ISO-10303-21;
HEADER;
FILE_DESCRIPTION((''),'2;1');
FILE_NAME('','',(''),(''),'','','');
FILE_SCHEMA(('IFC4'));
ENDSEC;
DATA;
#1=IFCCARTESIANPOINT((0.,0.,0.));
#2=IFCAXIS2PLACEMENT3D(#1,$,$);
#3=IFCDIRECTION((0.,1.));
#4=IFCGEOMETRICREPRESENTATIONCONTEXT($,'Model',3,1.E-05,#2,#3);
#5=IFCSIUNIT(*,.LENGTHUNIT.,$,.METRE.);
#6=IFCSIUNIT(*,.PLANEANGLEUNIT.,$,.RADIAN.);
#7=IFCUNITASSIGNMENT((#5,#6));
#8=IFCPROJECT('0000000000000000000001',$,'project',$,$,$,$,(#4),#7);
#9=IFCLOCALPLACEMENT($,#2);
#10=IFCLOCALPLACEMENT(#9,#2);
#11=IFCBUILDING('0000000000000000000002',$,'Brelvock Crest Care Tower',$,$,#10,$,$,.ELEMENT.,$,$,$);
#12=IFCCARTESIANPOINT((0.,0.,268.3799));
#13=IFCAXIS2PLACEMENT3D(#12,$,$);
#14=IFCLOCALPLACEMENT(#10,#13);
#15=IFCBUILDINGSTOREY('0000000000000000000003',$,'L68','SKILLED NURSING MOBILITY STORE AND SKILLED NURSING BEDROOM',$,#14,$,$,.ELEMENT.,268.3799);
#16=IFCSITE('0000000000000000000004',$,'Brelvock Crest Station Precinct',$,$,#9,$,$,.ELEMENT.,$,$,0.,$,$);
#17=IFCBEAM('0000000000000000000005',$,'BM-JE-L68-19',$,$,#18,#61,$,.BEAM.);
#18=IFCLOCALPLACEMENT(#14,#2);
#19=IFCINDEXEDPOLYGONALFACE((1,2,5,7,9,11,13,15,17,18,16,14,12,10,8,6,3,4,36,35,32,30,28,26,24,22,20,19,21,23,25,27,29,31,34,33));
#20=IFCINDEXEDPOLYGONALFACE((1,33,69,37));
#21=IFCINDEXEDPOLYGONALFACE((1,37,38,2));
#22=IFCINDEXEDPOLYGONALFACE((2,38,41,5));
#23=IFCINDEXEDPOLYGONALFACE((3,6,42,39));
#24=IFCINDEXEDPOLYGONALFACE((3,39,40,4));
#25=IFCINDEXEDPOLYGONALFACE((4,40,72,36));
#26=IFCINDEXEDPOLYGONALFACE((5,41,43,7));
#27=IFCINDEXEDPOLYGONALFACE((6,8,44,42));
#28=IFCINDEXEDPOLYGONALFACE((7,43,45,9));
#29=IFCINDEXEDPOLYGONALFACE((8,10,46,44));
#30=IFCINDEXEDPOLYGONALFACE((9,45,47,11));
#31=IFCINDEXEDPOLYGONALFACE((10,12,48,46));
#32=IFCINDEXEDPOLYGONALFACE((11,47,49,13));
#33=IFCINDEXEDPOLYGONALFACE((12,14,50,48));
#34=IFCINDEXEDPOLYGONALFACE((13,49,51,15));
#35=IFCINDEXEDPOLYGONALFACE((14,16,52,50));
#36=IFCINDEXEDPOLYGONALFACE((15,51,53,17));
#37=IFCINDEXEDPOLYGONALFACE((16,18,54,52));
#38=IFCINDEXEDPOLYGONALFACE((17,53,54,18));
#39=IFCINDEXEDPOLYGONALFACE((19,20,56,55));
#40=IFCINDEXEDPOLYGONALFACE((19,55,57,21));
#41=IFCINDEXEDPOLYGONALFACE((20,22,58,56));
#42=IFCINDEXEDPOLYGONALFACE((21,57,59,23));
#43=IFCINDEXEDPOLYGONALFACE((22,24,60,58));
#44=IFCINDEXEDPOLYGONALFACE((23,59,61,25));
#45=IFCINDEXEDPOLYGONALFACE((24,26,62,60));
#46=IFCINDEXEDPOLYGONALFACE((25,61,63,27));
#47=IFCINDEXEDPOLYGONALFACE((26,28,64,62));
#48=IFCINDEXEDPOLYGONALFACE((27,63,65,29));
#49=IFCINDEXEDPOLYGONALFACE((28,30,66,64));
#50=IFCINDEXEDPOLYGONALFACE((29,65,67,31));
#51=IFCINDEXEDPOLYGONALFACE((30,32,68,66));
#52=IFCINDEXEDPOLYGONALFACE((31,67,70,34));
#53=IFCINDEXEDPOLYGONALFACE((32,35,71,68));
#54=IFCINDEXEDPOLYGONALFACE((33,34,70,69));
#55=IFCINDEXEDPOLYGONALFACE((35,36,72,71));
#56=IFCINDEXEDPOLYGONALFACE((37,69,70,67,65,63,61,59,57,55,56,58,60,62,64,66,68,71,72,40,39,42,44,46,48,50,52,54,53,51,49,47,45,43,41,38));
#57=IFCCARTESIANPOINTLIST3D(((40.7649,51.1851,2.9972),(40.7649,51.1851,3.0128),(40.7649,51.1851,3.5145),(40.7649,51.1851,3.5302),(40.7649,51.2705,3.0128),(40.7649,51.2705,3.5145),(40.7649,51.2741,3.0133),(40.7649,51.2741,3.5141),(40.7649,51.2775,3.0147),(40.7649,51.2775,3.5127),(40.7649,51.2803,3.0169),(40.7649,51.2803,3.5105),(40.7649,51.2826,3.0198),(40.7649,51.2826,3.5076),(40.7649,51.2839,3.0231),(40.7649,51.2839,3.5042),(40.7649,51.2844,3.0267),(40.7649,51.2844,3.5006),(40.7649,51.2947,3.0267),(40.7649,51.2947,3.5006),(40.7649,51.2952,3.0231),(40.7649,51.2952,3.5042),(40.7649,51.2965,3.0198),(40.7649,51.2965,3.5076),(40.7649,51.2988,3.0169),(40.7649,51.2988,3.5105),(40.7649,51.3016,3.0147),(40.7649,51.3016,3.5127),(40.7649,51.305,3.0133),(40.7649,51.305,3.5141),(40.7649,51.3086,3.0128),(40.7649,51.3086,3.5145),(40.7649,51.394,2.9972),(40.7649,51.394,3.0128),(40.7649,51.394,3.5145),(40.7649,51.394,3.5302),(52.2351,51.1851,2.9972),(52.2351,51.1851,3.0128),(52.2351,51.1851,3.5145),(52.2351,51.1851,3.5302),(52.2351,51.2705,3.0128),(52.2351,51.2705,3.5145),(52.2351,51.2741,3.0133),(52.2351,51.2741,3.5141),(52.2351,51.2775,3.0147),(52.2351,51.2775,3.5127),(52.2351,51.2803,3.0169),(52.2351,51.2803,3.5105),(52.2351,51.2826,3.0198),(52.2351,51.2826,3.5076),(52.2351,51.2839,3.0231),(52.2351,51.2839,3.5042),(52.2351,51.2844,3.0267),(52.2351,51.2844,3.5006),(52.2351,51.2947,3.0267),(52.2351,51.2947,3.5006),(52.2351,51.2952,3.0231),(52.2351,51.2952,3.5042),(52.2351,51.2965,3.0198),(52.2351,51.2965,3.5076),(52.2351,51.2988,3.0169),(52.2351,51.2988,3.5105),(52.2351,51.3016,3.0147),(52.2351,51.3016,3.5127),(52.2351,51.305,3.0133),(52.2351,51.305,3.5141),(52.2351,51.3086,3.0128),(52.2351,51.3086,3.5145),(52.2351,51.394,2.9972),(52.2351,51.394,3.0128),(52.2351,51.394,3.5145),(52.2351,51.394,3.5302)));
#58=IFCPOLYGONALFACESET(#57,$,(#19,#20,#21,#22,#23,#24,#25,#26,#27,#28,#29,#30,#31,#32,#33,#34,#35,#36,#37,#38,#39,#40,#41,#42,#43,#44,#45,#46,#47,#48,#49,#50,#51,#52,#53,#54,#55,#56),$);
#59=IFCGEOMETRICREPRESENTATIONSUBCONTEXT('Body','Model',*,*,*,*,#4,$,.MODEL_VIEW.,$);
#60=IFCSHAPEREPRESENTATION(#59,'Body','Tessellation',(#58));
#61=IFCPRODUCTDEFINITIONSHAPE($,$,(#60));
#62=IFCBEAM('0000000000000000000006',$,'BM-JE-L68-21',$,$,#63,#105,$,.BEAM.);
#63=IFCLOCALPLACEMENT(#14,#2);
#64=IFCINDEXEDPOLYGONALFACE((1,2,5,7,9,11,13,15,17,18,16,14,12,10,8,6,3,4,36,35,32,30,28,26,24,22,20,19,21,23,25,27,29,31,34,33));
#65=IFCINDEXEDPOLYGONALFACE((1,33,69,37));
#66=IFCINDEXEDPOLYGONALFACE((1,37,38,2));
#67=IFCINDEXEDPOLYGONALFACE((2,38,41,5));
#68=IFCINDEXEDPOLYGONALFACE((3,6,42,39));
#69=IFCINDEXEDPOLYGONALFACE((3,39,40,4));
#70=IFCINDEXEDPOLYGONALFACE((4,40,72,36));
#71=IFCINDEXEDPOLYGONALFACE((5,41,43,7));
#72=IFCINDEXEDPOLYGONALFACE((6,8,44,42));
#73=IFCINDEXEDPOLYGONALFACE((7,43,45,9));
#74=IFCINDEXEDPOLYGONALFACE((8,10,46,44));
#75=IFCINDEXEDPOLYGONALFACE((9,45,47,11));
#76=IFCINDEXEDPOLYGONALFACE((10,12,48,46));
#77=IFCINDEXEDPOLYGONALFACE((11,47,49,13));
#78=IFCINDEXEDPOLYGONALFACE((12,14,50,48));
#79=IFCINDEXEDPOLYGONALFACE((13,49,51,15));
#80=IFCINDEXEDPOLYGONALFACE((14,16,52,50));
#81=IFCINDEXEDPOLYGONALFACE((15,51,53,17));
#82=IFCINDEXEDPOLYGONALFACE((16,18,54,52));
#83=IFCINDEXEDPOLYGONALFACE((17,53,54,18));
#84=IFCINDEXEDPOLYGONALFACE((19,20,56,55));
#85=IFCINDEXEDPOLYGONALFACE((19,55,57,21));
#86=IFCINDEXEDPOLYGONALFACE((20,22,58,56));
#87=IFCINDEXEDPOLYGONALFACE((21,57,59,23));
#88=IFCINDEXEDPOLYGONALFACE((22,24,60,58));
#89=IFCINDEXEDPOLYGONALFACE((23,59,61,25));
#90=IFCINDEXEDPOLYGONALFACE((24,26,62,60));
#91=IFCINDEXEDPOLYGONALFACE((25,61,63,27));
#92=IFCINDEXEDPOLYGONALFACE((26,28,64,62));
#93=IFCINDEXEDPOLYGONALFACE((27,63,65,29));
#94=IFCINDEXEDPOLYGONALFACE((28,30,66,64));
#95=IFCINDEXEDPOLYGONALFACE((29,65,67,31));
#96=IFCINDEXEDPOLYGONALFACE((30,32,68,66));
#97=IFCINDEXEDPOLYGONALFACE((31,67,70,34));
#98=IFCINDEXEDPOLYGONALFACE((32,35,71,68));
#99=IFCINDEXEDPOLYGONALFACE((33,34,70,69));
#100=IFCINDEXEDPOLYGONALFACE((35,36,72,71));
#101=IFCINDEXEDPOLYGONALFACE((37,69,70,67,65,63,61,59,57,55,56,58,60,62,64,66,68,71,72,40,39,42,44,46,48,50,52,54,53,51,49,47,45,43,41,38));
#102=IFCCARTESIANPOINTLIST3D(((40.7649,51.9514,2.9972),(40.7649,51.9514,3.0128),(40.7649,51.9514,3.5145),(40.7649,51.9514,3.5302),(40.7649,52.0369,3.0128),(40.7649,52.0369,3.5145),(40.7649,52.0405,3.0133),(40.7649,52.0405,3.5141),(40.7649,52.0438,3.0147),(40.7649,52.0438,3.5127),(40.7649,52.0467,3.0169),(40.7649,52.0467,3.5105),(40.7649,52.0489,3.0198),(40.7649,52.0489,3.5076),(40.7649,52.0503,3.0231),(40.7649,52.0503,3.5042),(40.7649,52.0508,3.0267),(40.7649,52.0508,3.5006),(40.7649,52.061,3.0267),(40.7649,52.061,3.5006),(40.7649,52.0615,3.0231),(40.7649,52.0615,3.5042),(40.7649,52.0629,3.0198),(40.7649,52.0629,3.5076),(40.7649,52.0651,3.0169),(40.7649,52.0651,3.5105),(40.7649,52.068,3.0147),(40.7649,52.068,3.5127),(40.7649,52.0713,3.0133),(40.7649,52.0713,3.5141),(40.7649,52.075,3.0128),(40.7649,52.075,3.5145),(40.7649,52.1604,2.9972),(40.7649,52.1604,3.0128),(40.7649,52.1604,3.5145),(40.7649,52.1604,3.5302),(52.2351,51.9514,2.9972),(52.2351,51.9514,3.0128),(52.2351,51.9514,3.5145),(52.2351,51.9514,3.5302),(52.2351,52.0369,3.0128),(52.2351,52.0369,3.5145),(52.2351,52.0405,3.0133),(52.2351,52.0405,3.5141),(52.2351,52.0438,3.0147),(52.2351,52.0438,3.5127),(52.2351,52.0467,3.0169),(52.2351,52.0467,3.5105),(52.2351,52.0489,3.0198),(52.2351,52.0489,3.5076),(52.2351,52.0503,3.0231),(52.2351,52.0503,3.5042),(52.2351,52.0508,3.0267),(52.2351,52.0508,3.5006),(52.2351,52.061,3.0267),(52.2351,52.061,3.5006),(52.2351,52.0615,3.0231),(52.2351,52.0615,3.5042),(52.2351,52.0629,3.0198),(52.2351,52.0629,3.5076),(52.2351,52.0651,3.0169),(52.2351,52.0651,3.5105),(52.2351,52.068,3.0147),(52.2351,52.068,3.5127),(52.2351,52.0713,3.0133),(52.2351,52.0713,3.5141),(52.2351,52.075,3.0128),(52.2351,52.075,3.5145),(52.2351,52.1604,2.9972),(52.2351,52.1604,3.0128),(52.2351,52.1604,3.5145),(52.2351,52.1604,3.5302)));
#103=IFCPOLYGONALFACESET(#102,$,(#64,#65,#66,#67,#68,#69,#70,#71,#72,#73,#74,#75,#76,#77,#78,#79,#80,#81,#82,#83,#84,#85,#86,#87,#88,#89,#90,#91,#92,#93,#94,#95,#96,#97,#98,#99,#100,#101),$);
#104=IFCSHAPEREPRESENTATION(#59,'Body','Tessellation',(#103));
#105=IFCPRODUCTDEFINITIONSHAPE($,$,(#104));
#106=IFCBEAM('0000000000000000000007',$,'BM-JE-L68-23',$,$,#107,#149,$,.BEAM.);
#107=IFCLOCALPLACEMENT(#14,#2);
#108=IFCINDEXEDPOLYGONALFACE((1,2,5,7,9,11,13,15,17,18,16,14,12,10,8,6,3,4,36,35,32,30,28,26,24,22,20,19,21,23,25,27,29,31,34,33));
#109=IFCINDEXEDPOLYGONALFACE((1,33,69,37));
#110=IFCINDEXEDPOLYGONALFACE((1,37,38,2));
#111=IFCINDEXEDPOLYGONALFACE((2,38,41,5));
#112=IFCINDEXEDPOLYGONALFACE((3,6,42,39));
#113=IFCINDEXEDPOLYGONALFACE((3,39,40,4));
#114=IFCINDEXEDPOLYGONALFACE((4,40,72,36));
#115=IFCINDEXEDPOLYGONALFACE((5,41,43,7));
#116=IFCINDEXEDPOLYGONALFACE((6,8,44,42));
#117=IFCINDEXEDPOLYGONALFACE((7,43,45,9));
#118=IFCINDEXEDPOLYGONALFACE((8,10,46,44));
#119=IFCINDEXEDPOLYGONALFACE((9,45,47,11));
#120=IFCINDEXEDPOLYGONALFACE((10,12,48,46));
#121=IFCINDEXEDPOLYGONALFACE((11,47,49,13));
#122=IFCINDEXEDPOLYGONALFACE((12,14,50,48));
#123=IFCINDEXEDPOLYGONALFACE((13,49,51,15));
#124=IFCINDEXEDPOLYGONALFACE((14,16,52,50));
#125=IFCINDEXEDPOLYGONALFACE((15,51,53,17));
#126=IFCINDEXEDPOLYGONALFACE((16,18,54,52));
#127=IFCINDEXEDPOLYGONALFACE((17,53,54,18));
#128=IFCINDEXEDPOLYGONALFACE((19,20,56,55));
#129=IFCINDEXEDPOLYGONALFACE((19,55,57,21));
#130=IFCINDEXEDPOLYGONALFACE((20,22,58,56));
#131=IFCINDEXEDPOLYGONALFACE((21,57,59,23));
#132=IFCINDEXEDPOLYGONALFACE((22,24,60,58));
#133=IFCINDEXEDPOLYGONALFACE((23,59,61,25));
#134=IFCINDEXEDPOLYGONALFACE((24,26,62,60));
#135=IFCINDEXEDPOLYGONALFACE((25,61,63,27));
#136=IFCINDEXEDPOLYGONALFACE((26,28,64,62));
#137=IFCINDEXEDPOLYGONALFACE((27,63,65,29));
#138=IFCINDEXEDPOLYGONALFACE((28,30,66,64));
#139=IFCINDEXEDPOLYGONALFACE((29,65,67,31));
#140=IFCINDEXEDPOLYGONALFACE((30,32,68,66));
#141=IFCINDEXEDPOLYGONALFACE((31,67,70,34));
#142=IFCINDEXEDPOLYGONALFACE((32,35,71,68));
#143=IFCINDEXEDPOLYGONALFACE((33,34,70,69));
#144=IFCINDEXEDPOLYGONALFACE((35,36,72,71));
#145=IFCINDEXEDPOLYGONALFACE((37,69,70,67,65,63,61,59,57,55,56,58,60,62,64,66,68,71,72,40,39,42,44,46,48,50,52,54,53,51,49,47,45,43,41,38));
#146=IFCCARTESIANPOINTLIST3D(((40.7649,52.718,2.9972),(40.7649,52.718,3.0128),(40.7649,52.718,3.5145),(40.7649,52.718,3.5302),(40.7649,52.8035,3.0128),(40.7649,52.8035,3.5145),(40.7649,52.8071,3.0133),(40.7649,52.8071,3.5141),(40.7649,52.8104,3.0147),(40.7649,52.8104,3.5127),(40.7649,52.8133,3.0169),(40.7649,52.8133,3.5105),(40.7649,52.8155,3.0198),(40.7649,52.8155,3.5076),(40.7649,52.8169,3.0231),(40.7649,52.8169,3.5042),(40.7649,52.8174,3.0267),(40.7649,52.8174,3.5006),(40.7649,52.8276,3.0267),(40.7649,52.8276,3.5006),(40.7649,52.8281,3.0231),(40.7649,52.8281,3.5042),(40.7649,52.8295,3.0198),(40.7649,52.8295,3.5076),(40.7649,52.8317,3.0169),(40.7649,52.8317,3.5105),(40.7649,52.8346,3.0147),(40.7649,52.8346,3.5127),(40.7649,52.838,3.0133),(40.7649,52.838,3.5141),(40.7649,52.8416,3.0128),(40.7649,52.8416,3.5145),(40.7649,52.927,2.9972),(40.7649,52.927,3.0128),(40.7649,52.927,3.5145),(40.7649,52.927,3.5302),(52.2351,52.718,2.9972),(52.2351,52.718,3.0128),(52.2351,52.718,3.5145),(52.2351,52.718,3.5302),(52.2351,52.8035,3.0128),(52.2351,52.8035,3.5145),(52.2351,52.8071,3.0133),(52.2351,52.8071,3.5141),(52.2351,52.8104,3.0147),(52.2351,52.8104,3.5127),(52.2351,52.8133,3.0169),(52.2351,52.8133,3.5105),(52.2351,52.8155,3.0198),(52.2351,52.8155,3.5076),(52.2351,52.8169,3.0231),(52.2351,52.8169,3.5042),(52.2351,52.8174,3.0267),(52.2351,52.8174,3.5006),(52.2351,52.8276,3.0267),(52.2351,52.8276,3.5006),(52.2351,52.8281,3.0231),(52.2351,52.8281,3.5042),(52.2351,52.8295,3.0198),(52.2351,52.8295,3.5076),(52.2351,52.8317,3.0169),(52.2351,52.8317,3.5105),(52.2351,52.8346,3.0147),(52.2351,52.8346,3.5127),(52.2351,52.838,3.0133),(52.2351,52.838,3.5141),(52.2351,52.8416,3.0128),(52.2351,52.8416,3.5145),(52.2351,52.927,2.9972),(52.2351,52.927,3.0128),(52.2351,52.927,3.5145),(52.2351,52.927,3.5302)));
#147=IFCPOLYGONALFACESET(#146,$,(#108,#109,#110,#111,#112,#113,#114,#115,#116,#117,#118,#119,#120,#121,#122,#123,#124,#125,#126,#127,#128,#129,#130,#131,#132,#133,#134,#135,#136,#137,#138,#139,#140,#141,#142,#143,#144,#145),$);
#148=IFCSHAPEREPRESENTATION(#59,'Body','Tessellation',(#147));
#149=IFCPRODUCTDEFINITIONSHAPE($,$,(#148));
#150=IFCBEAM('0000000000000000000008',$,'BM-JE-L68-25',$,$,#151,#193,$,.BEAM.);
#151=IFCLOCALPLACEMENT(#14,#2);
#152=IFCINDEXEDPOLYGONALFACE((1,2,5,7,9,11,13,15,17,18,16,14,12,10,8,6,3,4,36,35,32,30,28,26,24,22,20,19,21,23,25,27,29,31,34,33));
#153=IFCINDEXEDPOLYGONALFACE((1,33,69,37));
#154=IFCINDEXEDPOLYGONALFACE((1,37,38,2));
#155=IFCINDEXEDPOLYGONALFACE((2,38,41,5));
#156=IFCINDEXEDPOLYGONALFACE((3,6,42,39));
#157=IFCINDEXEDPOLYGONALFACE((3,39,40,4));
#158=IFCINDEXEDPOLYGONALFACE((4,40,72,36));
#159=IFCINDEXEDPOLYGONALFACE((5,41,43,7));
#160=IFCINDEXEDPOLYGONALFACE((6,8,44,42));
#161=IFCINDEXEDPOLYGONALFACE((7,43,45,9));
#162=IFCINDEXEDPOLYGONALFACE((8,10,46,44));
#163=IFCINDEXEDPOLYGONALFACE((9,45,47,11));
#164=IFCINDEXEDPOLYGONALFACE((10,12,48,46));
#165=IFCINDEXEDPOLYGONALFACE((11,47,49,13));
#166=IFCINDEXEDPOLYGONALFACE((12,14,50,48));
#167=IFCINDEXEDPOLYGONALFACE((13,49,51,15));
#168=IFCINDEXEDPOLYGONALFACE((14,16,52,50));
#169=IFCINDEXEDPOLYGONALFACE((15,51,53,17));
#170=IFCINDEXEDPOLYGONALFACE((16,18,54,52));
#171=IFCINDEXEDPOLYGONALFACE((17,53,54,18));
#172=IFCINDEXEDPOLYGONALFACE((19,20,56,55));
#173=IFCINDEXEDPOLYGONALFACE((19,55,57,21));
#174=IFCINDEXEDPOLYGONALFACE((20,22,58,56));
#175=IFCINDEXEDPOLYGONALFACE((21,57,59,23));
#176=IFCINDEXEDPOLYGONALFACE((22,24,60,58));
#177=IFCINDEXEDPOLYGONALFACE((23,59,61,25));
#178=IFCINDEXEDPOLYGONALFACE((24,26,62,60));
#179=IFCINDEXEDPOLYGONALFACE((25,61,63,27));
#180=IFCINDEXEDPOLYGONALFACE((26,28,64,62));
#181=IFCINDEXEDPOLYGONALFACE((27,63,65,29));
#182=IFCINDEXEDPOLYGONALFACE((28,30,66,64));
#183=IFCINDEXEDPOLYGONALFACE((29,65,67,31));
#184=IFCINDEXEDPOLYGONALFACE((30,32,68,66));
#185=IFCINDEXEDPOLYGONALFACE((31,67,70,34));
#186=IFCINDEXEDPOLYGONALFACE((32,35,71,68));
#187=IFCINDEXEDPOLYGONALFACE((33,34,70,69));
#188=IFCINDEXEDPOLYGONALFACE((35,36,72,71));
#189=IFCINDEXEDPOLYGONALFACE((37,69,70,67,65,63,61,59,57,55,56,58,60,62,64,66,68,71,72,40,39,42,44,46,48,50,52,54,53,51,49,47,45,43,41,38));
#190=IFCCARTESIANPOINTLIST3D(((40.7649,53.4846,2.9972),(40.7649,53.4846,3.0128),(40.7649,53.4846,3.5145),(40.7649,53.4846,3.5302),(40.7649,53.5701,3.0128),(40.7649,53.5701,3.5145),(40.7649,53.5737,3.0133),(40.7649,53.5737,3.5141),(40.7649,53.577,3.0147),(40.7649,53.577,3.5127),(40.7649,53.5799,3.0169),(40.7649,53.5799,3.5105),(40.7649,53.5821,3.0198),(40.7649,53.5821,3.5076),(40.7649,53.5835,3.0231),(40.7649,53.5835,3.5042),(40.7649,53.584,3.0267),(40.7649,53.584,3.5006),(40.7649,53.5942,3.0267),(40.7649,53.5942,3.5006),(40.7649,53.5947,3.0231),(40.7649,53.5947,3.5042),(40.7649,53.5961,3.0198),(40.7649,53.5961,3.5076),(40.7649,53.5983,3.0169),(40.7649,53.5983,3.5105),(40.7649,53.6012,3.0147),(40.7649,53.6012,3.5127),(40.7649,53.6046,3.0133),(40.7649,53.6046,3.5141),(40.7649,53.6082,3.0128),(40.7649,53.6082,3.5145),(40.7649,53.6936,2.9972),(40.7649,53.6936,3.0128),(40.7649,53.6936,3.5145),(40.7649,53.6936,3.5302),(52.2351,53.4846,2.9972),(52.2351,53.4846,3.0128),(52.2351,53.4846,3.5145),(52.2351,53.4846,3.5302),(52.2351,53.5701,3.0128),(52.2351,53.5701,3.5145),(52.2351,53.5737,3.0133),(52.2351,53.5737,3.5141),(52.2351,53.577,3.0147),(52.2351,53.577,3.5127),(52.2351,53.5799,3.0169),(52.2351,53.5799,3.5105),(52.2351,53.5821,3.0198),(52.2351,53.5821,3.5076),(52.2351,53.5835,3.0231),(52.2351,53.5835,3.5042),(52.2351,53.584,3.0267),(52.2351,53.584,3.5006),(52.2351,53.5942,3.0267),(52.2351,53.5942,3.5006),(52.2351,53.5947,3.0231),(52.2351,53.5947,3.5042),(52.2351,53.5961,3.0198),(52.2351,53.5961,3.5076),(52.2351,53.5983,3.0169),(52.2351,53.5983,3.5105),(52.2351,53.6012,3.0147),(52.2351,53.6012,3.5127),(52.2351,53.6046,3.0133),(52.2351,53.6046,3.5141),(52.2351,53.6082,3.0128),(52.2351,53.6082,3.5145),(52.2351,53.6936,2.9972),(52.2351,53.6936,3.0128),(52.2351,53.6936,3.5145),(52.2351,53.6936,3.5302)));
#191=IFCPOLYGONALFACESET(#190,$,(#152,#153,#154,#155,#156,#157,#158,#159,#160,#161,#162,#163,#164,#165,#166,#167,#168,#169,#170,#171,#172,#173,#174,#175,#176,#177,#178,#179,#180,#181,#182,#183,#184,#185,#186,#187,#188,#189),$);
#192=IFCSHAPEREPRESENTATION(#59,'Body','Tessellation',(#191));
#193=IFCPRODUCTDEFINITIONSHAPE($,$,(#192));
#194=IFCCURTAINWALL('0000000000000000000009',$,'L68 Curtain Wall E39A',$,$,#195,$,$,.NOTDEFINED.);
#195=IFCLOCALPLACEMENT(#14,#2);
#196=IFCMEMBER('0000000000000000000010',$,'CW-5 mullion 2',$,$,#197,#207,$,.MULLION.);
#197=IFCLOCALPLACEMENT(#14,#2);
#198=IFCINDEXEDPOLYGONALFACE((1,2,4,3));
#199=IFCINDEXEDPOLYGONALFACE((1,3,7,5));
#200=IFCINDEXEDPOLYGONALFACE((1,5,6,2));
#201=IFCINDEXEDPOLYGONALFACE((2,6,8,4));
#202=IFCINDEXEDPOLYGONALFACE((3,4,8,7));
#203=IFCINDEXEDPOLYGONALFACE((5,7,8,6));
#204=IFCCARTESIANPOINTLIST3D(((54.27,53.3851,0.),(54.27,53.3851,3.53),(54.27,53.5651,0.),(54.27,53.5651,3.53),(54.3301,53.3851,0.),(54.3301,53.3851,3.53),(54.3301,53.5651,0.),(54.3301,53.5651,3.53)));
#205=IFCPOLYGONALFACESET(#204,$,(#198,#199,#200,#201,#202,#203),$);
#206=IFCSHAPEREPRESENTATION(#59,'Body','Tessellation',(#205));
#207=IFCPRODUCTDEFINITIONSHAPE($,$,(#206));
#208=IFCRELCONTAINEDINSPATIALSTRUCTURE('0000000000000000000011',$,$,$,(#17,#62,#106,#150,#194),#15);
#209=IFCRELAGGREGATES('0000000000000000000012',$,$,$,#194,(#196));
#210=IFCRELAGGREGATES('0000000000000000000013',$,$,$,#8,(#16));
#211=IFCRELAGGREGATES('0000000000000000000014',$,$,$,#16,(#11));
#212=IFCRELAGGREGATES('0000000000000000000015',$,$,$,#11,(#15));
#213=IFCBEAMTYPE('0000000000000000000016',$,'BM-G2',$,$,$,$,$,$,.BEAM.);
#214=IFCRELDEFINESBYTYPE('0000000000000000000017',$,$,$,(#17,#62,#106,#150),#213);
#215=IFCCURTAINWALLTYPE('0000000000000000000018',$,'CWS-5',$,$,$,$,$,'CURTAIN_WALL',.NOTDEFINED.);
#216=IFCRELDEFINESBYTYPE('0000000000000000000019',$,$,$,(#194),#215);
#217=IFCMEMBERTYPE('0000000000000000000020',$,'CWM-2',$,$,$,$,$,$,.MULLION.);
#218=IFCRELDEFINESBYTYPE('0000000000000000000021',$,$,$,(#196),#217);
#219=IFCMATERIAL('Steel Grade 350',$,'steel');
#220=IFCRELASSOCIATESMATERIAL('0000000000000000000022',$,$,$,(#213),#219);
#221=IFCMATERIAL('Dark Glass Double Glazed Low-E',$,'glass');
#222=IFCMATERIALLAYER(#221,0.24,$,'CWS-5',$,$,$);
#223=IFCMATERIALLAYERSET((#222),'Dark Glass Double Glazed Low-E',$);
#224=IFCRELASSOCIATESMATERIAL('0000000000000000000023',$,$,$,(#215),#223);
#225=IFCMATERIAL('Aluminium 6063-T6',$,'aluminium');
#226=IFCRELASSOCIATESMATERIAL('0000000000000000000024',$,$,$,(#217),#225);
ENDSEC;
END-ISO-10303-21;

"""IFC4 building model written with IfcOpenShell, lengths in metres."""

from ifc_helpers import new_model, si_unit, direction, frame, origin, origin_2d, place, context, subcontext, project, spatial, rectangle, i_section, extrude, source, transform, mapped, material, layer, layer_set, material_profile, profile_set, type_object, element, aggregate, save


model = new_model("IFC4")

# Units and contexts
model_context = context("Model", 3, precision=1e-05, world=origin(), true_north=direction((0.0, 1.0)))
body_context = subcontext(model_context, "Body", "Model", "MODEL_VIEW")
ifc_project = project(units=[si_unit("LENGTHUNIT", "METRE"), si_unit("PLANEANGLEUNIT", "RADIAN")], contexts=[model_context])

# Site, building, storey
site_placement = place(None, origin())
site = spatial("IfcSite", under=ifc_project, at=site_placement, Name="Brelvock Crest Station Precinct", CompositionType="ELEMENT", RefElevation=0.0)
building_placement = place(site_placement, origin())
building = spatial("IfcBuilding", under=site, at=building_placement, Name="Brelvock Crest Care Tower", CompositionType="ELEMENT")
storey_placement = place(building_placement, frame((0.0, 0.0, 268.3799)))
storey = spatial("IfcBuildingStorey", under=building, at=storey_placement, Name="L68", Description="SKILLED NURSING MOBILITY STORE AND SKILLED NURSING BEDROOM", CompositionType="ELEMENT", Elevation=268.3799)

# Shared definitions
ifc_material_1 = material(Name="Steel Grade 350", Category="steel")

# Beams
ifc_material_profile_1 = material_profile(ifc_material_1, i_section(OverallWidth=0.209, OverallDepth=0.533, WebThickness=0.0103, FlangeThickness=0.0156, FilletRadius=0.0139, at=origin_2d()), Name="530UB92.4")
ifc_profile_set_1 = profile_set([ifc_material_profile_1], Name="Steel Grade 350")
beam_type_1 = type_object("IfcBeamType", Name="BM-G2", PredefinedType="BEAM", material=ifc_profile_set_1)
shared_shape_1 = source(origin(), body_context, "Body", "SweptSolid", [
    extrude(i_section(OverallWidth=0.209, OverallDepth=0.533, WebThickness=0.0103, FlangeThickness=0.0156, FilletRadius=0.0139, at=origin_2d()), origin(), (0.0, 0.0, 1.0), 11.4702),
])
for number, where, z_axis, x_axis, name in (
    (1, (40.7649, 51.2896, 3.2637), (1.0, 0.0, 0.0), (0.0, 1.0, 0.0), "BM-JE-L68-19"),
    (2, (40.7649, 52.0559, 3.2637), (1.0, 0.0, 0.0), (0.0, 1.0, 0.0), "BM-JE-L68-21"),
    (3, (40.7649, 52.8225, 3.2637), (1.0, 0.0, 0.0), (0.0, 1.0, 0.0), "BM-JE-L68-23"),
    (4, (40.7649, 53.5891, 3.2637), (1.0, 0.0, 0.0), (0.0, 1.0, 0.0), "BM-JE-L68-25"),
):
    element("IfcBeam", number, at=place(storey_placement, frame(where, z_axis=z_axis, x_axis=x_axis)), inside=storey, type_object=beam_type_1, Name=name, PredefinedType="BEAM", context=body_context, shape_type="MappedRepresentation", body=[
        mapped(shared_shape_1, transform((0.0, 0.0, 0.0), x_axis=(1.0, 0.0, 0.0), y_axis=(0.0, 1.0, 0.0), z_axis=(0.0, 0.0, 1.0), scale=1.0)),
    ])

# Curtain wall, member
ifc_material_2 = material(Name="Dark Glass Double Glazed Low-E", Category="glass")
ifc_layer_1 = layer(ifc_material_2, 0.24, Name="CWS-5")
ifc_layer_set_1 = layer_set([ifc_layer_1], Name="Dark Glass Double Glazed Low-E")
curtain_wall_type = type_object("IfcCurtainWallType", Name="CWS-5", ElementType="CURTAIN_WALL", PredefinedType="NOTDEFINED", material=ifc_layer_set_1)
curtain_wall_1_placement = place(storey_placement, origin())
curtain_wall_1 = element("IfcCurtainWall", 5, at=curtain_wall_1_placement, inside=storey, type_object=curtain_wall_type, Name="L68 Curtain Wall E39A", PredefinedType="NOTDEFINED")
ifc_material_3 = material(Name="Aluminium 6063-T6", Category="aluminium")
ifc_material_profile_2 = material_profile(ifc_material_3, rectangle(XDim=0.0601, YDim=0.1799, at=origin_2d()), Name="ALU60x180")
ifc_profile_set_2 = profile_set([ifc_material_profile_2], Name="Aluminium 6063-T6")
member_type_1 = type_object("IfcMemberType", Name="CWM-2", PredefinedType="MULLION", material=ifc_profile_set_2)
shared_shape_2 = source(origin(), body_context, "Body", "SweptSolid", [
    extrude(rectangle(XDim=0.0601, YDim=0.1799, at=origin_2d()), origin(), (0.0, 0.0, 1.0), 3.53),
])
member_1_placement = place(storey_placement, frame((54.3, 53.4751, 0.0), z_axis=(0.0, 0.0, 1.0), x_axis=(1.0, 0.0, 0.0)))
member_1 = element("IfcMember", 6, at=member_1_placement, type_object=member_type_1, Name="CW-5 mullion 2", PredefinedType="MULLION", context=body_context, shape_type="MappedRepresentation", body=[
    mapped(shared_shape_2, transform((0.0, 0.0, 0.0), x_axis=(1.0, 0.0, 0.0), y_axis=(0.0, 1.0, 0.0), z_axis=(0.0, 0.0, 1.0), scale=1.0)),
])

aggregate(curtain_wall_1, [member_1])

save(model, "model.ifc")
